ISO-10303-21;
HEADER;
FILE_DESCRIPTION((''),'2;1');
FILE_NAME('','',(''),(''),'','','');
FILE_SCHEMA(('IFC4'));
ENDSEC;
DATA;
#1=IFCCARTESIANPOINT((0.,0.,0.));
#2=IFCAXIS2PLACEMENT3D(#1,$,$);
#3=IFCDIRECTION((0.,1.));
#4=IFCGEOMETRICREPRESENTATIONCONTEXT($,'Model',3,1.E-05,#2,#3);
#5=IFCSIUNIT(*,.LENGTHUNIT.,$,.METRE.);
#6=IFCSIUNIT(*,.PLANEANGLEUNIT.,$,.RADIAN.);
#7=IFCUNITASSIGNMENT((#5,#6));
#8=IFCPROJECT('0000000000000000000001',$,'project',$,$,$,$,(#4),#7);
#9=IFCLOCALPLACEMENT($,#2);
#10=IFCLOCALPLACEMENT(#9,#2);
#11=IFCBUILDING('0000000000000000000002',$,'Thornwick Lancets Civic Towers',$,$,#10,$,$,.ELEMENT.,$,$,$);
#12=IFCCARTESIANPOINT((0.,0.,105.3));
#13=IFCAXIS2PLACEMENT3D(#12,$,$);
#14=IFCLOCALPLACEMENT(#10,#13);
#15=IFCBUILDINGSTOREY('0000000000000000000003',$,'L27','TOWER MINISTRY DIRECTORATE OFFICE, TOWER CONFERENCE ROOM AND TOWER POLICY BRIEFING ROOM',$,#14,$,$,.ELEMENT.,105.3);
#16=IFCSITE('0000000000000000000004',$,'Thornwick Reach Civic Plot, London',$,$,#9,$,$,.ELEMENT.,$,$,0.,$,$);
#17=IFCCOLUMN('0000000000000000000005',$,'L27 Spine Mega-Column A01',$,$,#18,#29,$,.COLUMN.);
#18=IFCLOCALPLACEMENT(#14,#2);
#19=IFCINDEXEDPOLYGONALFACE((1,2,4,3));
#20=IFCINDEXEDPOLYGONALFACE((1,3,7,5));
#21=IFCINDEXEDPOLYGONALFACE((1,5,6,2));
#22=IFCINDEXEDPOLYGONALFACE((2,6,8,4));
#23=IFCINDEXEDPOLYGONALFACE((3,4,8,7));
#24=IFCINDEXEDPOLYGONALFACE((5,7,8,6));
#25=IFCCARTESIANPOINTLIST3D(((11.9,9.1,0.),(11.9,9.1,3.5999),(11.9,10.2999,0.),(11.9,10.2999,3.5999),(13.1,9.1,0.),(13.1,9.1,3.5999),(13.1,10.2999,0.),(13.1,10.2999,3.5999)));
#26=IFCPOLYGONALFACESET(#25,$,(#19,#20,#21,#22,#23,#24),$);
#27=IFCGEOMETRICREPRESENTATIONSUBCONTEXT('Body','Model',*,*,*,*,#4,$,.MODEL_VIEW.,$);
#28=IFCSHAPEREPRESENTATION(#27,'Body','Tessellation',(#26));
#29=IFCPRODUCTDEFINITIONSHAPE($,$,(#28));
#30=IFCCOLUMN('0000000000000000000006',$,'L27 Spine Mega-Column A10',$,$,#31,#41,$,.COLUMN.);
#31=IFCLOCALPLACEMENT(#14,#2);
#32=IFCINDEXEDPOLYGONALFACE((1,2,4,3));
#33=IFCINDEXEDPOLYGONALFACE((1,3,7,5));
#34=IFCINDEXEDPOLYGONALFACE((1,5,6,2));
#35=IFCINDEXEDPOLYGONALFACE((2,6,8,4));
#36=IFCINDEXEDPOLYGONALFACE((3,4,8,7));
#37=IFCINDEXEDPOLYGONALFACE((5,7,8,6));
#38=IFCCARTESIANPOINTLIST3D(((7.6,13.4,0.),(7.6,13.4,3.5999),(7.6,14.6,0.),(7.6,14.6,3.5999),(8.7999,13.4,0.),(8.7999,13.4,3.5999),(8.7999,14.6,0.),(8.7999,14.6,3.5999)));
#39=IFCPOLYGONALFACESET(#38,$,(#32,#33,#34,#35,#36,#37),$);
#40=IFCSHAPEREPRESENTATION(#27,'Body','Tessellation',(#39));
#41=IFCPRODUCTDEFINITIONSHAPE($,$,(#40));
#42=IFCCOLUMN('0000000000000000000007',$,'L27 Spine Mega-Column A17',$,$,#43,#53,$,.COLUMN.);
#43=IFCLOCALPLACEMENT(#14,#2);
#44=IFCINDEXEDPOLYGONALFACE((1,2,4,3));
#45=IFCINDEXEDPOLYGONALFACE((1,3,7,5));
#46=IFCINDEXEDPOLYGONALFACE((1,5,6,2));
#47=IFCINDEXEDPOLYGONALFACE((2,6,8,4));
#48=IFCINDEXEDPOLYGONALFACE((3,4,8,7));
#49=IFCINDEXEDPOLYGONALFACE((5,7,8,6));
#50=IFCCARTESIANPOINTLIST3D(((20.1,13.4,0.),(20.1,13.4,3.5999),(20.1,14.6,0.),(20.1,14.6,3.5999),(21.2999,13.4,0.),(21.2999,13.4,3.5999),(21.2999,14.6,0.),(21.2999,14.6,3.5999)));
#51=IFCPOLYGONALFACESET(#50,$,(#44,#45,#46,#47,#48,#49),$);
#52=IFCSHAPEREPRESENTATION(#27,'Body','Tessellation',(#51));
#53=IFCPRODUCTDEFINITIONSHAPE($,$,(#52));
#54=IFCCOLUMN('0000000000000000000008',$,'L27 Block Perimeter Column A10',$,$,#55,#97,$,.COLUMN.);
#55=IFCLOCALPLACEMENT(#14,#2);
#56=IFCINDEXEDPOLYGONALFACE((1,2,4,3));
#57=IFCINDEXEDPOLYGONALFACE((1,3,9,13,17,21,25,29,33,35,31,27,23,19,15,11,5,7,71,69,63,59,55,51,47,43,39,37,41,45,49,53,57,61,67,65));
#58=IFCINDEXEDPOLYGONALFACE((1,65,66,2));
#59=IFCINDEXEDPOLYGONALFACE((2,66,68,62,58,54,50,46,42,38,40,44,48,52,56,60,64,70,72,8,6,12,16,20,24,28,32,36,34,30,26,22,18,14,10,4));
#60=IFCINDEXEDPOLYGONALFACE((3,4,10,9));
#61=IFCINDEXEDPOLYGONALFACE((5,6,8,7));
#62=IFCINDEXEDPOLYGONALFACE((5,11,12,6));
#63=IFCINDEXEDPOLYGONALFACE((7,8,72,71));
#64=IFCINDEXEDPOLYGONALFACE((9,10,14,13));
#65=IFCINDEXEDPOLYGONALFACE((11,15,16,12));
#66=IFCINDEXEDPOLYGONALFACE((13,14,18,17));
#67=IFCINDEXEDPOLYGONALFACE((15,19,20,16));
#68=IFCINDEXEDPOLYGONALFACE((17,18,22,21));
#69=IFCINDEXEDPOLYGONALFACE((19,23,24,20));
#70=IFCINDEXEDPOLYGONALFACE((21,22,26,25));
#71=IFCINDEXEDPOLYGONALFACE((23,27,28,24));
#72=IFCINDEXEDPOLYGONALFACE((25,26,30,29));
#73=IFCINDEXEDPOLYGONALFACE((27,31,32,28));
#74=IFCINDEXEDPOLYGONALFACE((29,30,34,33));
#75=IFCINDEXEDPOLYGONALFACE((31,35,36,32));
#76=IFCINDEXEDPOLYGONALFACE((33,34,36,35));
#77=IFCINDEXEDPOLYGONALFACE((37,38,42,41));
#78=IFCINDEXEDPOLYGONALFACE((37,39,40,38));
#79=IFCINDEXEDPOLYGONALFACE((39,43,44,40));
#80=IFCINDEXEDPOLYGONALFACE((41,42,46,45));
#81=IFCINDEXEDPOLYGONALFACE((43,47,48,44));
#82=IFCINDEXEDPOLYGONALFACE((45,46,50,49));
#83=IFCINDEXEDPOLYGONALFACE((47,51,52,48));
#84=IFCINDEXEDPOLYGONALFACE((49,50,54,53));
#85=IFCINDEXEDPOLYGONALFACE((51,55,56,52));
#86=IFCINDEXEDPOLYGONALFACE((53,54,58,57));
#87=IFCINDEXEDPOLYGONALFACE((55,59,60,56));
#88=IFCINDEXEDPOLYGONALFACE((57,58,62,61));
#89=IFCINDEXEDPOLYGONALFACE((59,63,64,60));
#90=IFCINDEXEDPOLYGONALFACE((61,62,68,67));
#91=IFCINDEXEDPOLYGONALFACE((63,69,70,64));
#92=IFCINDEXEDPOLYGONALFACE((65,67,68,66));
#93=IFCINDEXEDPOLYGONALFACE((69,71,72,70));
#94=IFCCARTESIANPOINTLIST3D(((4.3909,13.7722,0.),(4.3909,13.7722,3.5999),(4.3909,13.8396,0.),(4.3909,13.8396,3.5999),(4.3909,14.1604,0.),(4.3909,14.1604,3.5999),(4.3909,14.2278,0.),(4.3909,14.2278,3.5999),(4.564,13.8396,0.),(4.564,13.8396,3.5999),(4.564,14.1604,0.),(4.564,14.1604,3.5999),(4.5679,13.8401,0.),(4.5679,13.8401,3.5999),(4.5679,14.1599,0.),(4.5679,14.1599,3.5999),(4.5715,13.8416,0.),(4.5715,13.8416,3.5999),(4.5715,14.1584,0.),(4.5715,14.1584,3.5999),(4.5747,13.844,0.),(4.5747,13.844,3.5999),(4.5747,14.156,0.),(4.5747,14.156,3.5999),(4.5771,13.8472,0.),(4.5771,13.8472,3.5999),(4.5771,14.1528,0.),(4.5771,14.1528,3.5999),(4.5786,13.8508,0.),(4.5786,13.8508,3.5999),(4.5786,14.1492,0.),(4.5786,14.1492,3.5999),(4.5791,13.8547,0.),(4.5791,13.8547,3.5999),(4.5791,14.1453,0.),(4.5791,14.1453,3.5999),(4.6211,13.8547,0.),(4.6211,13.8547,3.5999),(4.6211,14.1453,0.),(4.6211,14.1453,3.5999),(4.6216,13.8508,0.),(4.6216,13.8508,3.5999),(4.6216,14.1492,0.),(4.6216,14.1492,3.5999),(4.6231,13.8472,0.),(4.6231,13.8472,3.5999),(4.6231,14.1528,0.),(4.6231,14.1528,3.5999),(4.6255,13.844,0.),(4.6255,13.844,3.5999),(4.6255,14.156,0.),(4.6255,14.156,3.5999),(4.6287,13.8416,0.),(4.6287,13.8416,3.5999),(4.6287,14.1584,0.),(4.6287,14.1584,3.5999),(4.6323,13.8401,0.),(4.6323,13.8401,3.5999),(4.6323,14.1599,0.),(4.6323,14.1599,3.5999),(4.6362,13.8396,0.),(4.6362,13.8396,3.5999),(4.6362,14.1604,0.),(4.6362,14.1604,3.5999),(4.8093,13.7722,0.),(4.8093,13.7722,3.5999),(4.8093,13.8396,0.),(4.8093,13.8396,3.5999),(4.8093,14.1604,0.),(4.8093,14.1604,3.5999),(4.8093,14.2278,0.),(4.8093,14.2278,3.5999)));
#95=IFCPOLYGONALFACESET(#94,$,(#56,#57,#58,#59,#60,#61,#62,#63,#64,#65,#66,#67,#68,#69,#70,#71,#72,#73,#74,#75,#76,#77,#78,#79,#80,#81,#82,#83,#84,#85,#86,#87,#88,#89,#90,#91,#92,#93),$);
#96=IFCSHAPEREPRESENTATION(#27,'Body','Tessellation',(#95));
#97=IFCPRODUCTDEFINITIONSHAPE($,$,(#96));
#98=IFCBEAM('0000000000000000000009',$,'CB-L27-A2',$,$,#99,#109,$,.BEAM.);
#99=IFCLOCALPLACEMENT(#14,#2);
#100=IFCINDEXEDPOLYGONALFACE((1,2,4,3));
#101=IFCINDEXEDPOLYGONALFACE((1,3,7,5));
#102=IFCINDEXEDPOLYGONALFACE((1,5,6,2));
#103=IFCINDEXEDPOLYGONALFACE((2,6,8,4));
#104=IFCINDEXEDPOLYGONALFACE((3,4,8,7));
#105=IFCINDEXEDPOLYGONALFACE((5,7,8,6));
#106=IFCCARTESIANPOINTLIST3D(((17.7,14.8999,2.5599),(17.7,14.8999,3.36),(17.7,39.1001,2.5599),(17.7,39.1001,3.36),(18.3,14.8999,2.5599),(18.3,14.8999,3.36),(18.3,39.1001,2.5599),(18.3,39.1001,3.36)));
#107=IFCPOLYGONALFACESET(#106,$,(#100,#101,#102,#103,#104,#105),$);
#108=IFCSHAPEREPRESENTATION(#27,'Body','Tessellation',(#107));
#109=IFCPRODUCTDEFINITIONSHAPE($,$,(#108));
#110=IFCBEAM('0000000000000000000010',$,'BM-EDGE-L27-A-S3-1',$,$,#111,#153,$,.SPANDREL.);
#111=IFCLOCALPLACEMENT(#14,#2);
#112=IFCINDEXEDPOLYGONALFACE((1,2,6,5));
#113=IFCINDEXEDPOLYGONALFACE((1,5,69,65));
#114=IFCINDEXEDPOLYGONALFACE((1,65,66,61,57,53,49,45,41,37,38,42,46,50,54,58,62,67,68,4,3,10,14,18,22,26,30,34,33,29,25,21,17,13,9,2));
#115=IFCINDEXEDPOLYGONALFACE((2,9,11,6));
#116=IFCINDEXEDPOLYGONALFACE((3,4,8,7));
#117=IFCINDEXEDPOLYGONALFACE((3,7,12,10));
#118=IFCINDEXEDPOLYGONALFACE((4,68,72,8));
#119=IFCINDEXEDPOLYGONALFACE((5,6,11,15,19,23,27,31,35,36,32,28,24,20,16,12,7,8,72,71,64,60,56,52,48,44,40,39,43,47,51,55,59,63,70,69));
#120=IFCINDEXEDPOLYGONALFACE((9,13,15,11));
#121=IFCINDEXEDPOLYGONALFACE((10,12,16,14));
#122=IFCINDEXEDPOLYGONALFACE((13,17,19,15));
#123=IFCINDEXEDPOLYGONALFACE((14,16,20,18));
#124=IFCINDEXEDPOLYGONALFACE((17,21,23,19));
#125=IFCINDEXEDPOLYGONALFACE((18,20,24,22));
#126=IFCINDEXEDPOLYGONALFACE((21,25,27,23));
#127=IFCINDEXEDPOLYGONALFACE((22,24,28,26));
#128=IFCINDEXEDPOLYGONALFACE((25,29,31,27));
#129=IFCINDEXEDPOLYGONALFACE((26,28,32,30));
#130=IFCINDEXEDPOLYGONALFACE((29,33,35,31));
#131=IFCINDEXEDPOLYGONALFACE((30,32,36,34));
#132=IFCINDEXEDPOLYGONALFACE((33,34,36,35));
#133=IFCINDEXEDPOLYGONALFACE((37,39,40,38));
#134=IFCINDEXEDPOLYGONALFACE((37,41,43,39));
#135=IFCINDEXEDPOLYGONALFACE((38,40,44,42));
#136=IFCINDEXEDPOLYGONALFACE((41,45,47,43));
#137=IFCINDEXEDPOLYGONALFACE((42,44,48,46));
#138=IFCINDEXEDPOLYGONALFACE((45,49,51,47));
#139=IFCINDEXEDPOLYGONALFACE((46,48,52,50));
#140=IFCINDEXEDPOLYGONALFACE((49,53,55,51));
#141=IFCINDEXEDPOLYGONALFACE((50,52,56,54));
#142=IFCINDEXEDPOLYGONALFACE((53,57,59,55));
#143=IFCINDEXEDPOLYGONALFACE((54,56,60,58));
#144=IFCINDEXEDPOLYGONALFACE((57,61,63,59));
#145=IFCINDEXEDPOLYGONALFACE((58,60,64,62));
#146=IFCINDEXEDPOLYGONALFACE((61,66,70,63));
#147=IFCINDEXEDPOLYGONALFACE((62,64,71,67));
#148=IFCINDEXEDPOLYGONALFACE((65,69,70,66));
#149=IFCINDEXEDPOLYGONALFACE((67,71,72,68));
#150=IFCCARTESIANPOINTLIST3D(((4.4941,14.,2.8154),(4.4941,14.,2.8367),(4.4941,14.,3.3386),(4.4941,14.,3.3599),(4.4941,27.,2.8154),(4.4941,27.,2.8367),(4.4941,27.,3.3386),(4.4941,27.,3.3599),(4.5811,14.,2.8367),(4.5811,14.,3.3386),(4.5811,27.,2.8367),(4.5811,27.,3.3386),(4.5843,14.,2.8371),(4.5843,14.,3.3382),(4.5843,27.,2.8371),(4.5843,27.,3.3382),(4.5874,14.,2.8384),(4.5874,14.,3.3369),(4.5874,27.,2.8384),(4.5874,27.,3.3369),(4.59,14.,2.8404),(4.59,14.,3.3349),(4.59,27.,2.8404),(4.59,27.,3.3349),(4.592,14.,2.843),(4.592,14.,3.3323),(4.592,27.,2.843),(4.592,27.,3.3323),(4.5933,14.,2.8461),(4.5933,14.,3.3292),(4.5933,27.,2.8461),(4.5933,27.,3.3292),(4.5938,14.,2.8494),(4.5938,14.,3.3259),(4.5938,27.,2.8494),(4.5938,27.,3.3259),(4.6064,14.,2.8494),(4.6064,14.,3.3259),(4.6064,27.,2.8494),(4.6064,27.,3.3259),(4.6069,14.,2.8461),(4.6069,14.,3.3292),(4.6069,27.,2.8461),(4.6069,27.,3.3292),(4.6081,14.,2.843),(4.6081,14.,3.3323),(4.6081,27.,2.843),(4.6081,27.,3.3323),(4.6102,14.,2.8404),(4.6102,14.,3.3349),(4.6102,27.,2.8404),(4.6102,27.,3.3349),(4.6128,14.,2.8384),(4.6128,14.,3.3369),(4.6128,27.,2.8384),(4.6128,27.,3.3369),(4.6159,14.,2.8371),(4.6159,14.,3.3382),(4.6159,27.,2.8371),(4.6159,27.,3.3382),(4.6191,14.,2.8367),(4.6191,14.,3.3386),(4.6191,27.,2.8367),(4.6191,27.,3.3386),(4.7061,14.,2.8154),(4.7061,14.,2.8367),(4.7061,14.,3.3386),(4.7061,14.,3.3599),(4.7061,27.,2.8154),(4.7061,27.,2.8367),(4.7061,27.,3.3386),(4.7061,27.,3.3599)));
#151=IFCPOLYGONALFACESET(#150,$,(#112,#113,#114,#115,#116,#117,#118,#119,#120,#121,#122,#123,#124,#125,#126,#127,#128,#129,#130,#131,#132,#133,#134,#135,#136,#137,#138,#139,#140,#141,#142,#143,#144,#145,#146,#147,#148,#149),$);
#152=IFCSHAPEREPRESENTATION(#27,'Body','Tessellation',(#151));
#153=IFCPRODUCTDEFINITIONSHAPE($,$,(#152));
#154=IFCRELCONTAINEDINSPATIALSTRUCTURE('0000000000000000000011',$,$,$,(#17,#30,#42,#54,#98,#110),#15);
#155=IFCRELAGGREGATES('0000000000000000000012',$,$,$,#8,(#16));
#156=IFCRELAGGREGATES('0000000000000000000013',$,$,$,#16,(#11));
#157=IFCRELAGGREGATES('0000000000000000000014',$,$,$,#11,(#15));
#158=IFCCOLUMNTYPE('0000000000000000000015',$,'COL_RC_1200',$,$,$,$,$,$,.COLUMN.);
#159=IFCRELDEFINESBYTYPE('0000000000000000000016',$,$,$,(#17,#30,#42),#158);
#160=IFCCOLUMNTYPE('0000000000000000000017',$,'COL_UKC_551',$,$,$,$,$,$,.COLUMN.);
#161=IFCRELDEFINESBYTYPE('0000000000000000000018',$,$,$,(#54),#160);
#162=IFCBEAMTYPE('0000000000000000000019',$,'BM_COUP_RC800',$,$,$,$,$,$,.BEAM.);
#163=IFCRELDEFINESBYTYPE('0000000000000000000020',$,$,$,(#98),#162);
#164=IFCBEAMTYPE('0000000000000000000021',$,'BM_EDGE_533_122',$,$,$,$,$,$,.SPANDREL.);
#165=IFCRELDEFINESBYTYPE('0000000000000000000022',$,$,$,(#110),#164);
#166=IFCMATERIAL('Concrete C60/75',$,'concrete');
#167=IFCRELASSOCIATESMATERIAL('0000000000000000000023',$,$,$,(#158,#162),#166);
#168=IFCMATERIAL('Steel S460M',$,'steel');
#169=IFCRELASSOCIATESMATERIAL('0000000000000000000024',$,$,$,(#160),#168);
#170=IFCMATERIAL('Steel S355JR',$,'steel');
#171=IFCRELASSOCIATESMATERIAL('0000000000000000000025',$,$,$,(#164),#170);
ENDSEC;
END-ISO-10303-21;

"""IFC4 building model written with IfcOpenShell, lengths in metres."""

from ifc_helpers import new_model, si_unit, direction, frame, origin, origin_2d, place, context, subcontext, project, spatial, rectangle, i_section, extrude, material, material_profile, profile_set, type_object, element, save


model = new_model("IFC4")

# Units and contexts
model_context = context("Model", 3, precision=1e-05, world=origin(), true_north=direction((0.0, 1.0)))
body_context = subcontext(model_context, "Body", "Model", "MODEL_VIEW")
ifc_project = project(units=[si_unit("LENGTHUNIT", "METRE"), si_unit("PLANEANGLEUNIT", "RADIAN")], contexts=[model_context])

# Site, building, storey
site_placement = place(None, origin())
site = spatial("IfcSite", under=ifc_project, at=site_placement, Name="Thornwick Reach Civic Plot, London", CompositionType="ELEMENT", RefElevation=0.0)
building_placement = place(site_placement, origin())
building = spatial("IfcBuilding", under=site, at=building_placement, Name="Thornwick Lancets Civic Towers", CompositionType="ELEMENT")
storey_placement = place(building_placement, frame((0.0, 0.0, 105.3)))
storey = spatial("IfcBuildingStorey", under=building, at=storey_placement, Name="L27", Description="TOWER MINISTRY DIRECTORATE OFFICE, TOWER CONFERENCE ROOM AND TOWER POLICY BRIEFING ROOM", CompositionType="ELEMENT", Elevation=105.3)

# Columns
ifc_material_1 = material(Name="Concrete C60/75", Category="concrete")
ifc_material_profile_1 = material_profile(ifc_material_1, rectangle(XDim=1.2, YDim=1.2, at=origin_2d()), Name="RC 1200x1200")
ifc_profile_set_1 = profile_set([ifc_material_profile_1], Name="Concrete C60/75")
column_type_1 = type_object("IfcColumnType", Name="COL_RC_1200", PredefinedType="COLUMN", material=ifc_profile_set_1)
for number, where, z_axis, x_axis, name in (
    (1, (12.5, 9.7, 0.0), (0.0, 0.0, 1.0), (1.0, 0.0, 0.0), "L27 Spine Mega-Column A01"),
    (2, (8.2, 14.0, 0.0), (0.0, 0.0, 1.0), (1.0, 0.0, 0.0), "L27 Spine Mega-Column A10"),
    (3, (20.7, 14.0, 0.0), (0.0, 0.0, 1.0), (1.0, 0.0, 0.0), "L27 Spine Mega-Column A17"),
):
    element("IfcColumn", number, at=place(storey_placement, frame(where, z_axis=z_axis, x_axis=x_axis)), inside=storey, type_object=column_type_1, Name=name, PredefinedType="COLUMN", context=body_context, shape_type="SweptSolid", body=[
        extrude(rectangle(XDim=1.2, YDim=1.2, at=origin_2d()), origin(), (0.0, 0.0, 1.0), 3.5999),
    ])
ifc_material_2 = material(Name="Steel S460M", Category="steel")
ifc_material_profile_2 = material_profile(ifc_material_2, i_section(OverallWidth=0.4185, OverallDepth=0.4556, WebThickness=0.042, FlangeThickness=0.0674, FilletRadius=0.0151, at=origin_2d()), Name="UKC 356x406x551")
ifc_profile_set_2 = profile_set([ifc_material_profile_2], Name="Steel S460M")
column_type_2 = type_object("IfcColumnType", Name="COL_UKC_551", PredefinedType="COLUMN", material=ifc_profile_set_2)
column_placement = place(storey_placement, frame((4.6001, 14.0, 0.0), z_axis=(0.0, 0.0, 1.0), x_axis=(1.0, 0.0, 0.0)))
element("IfcColumn", 4, at=column_placement, inside=storey, type_object=column_type_2, Name="L27 Block Perimeter Column A10", PredefinedType="COLUMN", context=body_context, shape_type="SweptSolid", body=[
    extrude(i_section(OverallWidth=0.4185, OverallDepth=0.4556, WebThickness=0.042, FlangeThickness=0.0674, FilletRadius=0.0151, at=origin_2d()), origin(), (0.0, 0.0, 1.0), 3.5999),
])

# Beams
ifc_material_profile_3 = material_profile(ifc_material_1, rectangle(XDim=0.6001, YDim=0.8, at=origin_2d()), Name="RC 600x800")
ifc_profile_set_3 = profile_set([ifc_material_profile_3], Name="Concrete C60/75")
beam_type_1 = type_object("IfcBeamType", Name="BM_COUP_RC800", PredefinedType="BEAM", material=ifc_profile_set_3)
beam_1_placement = place(storey_placement, frame((18.0, 14.8999, 2.96), z_axis=(0.0, 1.0, 0.0), x_axis=(-1.0, 0.0, 0.0)))
element("IfcBeam", 5, at=beam_1_placement, inside=storey, type_object=beam_type_1, Name="CB-L27-A2", PredefinedType="BEAM", context=body_context, shape_type="SweptSolid", body=[
    extrude(rectangle(XDim=0.6001, YDim=0.8, at=origin_2d()), origin(), (0.0, 0.0, 1.0), 24.2002),
])
ifc_material_3 = material(Name="Steel S355JR", Category="steel")
ifc_material_profile_4 = material_profile(ifc_material_3, i_section(OverallWidth=0.2119, OverallDepth=0.5444, WebThickness=0.0127, FlangeThickness=0.0212, FilletRadius=0.0127, at=origin_2d()), Name="UKB 533x210x122")
ifc_profile_set_4 = profile_set([ifc_material_profile_4], Name="Steel S355JR")
beam_type_2 = type_object("IfcBeamType", Name="BM_EDGE_533_122", PredefinedType="SPANDREL", material=ifc_profile_set_4)
beam_2_placement = place(storey_placement, frame((4.6001, 14.0, 3.0876), z_axis=(0.0, 1.0, 0.0), x_axis=(-1.0, 0.0, 0.0)))
element("IfcBeam", 6, at=beam_2_placement, inside=storey, type_object=beam_type_2, Name="BM-EDGE-L27-A-S3-1", PredefinedType="SPANDREL", context=body_context, shape_type="SweptSolid", body=[
    extrude(i_section(OverallWidth=0.2119, OverallDepth=0.5444, WebThickness=0.0127, FlangeThickness=0.0212, FilletRadius=0.0127, at=origin_2d()), origin(), (0.0, 0.0, 1.0), 13.0),
])

save(model, "model.ifc")
